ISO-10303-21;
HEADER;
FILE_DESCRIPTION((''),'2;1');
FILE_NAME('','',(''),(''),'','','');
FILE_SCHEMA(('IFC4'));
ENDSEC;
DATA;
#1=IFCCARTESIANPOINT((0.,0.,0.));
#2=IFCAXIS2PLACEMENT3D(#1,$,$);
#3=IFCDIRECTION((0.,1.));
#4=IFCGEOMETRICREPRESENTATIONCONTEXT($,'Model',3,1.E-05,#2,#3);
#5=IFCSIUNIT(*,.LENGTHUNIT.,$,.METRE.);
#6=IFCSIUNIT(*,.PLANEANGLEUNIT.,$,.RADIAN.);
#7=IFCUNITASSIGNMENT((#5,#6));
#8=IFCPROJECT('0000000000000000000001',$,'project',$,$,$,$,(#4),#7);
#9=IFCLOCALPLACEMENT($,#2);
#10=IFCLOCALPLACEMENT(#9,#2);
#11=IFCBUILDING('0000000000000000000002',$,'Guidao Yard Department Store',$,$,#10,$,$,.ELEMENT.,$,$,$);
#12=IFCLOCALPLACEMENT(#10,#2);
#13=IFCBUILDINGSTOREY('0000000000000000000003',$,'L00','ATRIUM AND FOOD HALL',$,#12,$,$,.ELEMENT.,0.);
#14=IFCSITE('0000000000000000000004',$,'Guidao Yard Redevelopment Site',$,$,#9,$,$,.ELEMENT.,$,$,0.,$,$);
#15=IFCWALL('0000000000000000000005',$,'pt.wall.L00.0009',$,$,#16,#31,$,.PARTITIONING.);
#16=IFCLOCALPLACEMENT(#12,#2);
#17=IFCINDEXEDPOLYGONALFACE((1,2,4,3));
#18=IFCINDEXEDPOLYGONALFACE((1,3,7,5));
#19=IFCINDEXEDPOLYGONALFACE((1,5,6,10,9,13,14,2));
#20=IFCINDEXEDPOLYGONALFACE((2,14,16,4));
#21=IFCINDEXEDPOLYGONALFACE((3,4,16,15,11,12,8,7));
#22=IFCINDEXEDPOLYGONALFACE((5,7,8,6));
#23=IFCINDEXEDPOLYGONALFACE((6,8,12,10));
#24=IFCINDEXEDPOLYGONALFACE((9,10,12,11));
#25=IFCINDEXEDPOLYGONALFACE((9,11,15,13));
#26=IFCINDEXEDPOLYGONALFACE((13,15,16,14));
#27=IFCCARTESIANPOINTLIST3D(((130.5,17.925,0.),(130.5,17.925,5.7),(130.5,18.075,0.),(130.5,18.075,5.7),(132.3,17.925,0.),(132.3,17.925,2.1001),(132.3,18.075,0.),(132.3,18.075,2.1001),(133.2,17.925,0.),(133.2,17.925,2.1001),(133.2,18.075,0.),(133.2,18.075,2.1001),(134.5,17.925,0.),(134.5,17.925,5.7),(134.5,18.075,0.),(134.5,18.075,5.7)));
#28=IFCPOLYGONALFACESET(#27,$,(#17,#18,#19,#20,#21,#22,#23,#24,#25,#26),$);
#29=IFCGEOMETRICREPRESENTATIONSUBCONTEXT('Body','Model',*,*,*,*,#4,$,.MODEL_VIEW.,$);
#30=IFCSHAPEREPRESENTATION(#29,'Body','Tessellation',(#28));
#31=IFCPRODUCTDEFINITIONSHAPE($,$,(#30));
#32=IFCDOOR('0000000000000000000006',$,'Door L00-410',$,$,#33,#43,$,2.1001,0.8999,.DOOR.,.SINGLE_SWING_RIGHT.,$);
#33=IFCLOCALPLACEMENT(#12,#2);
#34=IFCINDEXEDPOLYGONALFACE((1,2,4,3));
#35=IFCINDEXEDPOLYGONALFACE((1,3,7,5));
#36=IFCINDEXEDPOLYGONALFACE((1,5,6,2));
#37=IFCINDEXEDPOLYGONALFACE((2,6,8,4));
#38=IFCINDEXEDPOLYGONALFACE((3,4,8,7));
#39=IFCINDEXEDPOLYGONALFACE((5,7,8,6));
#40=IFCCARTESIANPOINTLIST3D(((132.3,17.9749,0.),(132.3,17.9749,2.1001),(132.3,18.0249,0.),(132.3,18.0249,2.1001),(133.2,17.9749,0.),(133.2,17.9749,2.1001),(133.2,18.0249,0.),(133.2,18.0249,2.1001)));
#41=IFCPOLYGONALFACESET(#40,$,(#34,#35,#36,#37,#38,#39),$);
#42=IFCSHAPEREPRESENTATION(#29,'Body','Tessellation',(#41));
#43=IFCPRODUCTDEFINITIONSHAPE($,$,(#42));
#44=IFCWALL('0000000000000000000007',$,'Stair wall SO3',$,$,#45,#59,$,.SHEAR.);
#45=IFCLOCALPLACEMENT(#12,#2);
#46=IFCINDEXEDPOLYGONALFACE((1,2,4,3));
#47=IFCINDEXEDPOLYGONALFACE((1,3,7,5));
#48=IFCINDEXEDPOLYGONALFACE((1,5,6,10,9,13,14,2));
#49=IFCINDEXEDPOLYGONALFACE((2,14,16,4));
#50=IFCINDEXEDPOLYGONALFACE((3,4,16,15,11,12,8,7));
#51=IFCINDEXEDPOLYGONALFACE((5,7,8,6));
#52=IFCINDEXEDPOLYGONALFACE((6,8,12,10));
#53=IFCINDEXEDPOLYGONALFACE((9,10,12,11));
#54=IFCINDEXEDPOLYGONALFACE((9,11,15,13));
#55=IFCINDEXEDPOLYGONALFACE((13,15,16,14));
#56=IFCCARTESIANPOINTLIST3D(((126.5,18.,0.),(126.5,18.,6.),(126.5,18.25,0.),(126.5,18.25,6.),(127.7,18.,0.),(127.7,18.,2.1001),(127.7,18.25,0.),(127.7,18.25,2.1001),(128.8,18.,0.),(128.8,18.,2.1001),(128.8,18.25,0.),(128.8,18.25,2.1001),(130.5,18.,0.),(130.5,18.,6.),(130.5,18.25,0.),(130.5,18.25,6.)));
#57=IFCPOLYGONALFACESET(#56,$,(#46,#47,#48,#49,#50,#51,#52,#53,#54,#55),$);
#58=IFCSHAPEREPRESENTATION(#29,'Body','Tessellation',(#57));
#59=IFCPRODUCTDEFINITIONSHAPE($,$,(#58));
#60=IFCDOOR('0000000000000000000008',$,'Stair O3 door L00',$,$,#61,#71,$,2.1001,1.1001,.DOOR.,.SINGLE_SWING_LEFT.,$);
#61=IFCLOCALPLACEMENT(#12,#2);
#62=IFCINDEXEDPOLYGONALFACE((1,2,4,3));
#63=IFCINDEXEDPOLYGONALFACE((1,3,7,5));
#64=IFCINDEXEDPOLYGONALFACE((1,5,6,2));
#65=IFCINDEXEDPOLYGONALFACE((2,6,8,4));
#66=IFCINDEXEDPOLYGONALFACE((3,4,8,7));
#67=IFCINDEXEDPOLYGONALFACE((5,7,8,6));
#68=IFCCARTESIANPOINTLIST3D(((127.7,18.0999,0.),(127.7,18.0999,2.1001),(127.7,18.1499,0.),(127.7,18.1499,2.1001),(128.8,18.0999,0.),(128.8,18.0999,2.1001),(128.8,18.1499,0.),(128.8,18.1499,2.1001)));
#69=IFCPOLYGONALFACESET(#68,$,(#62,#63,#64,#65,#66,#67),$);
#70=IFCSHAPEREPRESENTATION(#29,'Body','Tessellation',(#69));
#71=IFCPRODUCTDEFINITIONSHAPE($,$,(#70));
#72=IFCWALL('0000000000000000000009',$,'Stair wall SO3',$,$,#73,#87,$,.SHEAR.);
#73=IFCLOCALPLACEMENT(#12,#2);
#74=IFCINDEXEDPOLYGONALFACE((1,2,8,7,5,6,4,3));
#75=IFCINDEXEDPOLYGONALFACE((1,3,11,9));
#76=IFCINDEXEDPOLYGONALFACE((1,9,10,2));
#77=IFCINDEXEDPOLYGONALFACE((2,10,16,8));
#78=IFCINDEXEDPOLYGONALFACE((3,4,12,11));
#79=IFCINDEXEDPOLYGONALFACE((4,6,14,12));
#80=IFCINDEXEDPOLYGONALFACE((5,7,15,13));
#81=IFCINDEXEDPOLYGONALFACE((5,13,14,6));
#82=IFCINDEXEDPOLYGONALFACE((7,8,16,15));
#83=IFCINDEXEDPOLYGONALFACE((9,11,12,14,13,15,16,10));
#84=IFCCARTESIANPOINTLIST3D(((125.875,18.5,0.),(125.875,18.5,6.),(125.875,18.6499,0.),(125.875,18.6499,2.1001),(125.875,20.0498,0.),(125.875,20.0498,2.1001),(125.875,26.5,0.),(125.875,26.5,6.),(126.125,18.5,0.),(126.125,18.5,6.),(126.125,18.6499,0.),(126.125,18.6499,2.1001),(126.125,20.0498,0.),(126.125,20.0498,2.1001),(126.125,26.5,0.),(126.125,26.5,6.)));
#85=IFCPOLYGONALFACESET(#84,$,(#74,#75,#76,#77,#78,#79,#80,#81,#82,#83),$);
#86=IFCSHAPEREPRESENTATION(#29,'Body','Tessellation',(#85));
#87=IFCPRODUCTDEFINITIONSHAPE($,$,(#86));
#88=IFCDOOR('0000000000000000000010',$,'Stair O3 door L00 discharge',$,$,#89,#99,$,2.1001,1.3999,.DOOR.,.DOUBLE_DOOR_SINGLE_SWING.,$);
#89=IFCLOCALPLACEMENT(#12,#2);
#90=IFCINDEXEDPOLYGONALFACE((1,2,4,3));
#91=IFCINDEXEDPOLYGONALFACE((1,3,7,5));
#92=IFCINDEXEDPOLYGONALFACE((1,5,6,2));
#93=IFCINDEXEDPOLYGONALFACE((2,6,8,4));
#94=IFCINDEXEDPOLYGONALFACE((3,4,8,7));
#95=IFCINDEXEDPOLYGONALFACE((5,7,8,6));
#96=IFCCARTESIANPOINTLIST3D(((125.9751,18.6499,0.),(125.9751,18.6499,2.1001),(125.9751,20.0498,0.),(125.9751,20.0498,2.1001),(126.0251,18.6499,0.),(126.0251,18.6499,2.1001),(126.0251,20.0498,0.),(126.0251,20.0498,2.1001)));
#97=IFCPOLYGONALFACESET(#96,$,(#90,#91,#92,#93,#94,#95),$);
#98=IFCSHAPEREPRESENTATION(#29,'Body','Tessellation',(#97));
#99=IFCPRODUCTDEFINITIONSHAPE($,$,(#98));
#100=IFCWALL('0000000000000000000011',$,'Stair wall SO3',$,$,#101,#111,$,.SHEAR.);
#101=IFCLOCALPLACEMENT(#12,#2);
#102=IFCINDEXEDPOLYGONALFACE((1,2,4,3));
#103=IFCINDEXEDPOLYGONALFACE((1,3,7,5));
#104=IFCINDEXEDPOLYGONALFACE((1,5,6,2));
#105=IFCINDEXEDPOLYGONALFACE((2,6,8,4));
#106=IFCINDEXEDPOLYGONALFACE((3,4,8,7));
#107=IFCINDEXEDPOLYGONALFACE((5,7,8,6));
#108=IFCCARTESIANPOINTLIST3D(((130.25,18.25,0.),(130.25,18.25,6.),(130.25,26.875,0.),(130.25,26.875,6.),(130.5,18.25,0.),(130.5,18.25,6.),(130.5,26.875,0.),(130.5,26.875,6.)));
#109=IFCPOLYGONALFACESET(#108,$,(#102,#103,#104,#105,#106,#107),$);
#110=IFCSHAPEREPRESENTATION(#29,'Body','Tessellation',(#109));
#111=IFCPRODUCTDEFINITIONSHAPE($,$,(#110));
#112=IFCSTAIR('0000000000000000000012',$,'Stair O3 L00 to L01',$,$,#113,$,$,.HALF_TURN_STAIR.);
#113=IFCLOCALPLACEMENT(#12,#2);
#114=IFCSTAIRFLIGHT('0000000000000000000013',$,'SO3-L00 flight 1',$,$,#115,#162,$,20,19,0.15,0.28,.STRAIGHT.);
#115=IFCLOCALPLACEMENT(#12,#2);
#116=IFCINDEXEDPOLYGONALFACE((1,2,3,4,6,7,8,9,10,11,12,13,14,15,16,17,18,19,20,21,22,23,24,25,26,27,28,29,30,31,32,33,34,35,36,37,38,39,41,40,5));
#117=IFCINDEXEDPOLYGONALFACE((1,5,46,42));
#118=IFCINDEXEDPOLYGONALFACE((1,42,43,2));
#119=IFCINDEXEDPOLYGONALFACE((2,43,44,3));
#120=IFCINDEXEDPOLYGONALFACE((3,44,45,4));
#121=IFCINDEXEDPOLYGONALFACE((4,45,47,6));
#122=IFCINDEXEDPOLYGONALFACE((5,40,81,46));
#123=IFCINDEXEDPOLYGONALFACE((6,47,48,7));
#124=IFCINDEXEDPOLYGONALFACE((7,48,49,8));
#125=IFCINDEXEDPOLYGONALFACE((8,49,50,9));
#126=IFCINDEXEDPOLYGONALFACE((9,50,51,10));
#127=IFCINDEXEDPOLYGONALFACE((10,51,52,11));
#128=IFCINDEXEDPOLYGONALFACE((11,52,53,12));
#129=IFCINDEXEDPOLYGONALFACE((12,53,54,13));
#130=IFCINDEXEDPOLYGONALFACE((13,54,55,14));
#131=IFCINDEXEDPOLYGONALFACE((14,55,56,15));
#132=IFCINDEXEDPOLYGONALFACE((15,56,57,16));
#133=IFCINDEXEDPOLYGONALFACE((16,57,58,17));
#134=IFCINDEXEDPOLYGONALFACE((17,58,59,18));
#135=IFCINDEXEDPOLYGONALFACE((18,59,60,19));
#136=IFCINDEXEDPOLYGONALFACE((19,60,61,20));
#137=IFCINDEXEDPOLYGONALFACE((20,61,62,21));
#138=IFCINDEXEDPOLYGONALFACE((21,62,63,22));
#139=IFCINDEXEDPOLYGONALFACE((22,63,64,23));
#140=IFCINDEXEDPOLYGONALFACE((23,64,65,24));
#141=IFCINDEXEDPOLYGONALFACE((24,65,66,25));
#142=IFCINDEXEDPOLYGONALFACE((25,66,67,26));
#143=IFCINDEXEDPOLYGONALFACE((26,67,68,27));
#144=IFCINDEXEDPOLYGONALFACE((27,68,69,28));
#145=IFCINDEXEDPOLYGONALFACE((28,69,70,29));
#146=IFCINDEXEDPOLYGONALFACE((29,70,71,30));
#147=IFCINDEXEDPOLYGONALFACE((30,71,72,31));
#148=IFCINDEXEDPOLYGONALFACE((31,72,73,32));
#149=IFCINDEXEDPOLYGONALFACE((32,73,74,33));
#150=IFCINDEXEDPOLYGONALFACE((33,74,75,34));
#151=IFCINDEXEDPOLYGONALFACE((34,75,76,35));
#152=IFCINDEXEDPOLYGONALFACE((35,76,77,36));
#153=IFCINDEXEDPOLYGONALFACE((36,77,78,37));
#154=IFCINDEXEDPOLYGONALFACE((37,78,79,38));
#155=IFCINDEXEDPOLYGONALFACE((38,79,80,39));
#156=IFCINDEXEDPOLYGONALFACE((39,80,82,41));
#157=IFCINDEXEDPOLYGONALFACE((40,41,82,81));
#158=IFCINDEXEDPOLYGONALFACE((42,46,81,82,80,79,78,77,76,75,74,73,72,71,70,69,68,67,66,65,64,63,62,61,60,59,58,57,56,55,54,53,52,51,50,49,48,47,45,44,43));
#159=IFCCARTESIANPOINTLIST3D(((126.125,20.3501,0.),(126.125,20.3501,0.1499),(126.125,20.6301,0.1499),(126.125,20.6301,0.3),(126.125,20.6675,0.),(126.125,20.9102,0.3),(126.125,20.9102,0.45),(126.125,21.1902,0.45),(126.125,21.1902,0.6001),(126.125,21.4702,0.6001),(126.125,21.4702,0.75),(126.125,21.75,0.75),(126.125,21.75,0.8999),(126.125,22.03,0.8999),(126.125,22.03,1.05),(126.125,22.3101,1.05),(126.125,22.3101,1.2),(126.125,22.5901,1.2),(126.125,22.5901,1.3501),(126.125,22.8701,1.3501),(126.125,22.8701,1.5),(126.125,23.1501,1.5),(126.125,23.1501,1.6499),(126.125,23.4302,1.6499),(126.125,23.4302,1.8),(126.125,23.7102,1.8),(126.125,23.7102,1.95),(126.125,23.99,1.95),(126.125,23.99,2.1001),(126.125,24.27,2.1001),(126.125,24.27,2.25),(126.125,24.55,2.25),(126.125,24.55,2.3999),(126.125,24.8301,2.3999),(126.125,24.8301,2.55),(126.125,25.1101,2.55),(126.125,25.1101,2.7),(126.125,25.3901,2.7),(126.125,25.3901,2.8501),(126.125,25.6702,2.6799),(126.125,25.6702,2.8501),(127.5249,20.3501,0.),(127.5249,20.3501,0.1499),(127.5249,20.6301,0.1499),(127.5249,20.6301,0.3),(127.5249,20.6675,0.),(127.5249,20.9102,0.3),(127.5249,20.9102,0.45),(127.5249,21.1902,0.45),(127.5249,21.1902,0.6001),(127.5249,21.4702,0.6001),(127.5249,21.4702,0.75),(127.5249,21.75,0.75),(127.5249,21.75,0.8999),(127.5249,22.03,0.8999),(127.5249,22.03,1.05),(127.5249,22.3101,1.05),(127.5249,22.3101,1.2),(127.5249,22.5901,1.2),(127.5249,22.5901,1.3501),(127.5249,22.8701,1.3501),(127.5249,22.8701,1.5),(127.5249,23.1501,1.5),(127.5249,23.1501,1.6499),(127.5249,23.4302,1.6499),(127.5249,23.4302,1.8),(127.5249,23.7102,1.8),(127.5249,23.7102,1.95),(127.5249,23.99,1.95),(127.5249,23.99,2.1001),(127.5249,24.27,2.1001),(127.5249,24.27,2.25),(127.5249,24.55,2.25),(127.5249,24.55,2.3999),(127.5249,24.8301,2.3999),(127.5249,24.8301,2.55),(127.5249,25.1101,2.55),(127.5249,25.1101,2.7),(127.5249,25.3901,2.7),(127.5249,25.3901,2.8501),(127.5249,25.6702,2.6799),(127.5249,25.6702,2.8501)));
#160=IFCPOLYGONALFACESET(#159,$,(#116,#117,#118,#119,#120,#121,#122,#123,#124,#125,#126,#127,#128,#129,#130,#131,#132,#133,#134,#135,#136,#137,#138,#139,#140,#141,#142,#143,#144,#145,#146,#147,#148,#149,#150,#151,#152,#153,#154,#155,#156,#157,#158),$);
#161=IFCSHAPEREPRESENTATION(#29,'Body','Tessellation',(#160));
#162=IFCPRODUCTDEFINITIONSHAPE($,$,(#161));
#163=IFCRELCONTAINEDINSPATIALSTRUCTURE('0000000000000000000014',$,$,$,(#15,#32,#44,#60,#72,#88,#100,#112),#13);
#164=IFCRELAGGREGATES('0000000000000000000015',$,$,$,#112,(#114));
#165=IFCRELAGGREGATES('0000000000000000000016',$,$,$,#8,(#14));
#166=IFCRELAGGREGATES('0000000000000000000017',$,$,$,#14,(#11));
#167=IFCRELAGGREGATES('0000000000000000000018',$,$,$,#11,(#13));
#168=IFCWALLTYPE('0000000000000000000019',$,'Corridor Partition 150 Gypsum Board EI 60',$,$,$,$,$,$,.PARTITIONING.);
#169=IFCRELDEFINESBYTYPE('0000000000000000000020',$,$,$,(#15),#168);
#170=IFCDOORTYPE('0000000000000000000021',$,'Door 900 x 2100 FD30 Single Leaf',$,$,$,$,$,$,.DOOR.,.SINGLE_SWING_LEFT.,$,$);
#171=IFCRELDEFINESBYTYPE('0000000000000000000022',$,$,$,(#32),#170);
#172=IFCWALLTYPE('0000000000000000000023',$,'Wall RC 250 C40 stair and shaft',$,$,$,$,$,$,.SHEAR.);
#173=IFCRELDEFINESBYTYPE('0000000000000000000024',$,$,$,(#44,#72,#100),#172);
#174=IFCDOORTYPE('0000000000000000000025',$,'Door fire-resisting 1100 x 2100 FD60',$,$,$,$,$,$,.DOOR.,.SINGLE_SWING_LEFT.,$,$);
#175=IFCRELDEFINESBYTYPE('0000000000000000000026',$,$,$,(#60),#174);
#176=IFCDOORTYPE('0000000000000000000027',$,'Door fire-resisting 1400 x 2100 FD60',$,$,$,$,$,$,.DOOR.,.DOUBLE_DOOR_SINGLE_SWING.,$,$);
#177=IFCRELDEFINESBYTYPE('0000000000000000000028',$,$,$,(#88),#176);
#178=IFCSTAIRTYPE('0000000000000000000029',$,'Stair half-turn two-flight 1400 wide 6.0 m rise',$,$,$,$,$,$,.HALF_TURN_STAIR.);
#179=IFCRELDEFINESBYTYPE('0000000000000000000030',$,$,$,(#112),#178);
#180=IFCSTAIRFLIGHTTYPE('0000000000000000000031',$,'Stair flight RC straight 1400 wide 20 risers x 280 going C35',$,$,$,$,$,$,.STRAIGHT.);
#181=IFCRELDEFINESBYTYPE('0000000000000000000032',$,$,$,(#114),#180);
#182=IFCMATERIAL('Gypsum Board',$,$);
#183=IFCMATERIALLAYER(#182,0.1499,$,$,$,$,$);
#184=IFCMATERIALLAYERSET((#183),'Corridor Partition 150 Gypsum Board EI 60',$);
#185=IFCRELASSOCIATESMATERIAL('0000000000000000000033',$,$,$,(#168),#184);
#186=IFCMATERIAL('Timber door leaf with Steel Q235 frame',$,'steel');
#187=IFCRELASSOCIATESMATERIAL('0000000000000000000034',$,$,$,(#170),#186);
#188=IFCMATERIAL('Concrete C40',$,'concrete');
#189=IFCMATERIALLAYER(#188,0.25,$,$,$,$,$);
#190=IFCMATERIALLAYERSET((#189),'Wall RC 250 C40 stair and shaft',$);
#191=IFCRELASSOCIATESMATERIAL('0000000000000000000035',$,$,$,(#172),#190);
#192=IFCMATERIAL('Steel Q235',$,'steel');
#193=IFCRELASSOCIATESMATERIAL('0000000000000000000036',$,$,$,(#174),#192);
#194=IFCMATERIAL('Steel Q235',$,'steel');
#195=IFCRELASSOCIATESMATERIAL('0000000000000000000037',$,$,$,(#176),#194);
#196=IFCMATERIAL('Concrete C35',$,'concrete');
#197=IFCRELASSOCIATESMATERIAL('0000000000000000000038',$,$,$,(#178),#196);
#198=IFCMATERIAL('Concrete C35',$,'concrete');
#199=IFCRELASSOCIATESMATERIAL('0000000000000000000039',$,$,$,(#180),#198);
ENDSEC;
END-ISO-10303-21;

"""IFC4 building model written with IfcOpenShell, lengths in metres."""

from ifc_helpers import new_model, si_unit, direction, frame, frame_2d, origin, place, context, subcontext, project, spatial, polyline, rectangle, outline, extrude, material, layer, layer_set, type_object, element, fill, aggregate, save


model = new_model("IFC4")

# Units and contexts
model_context = context("Model", 3, precision=1e-05, world=origin(), true_north=direction((0.0, 1.0)))
body_context = subcontext(model_context, "Body", "Model", "MODEL_VIEW")
ifc_project = project(units=[si_unit("LENGTHUNIT", "METRE"), si_unit("PLANEANGLEUNIT", "RADIAN")], contexts=[model_context])

# Site, building, storey
site_placement = place(None, origin())
site = spatial("IfcSite", under=ifc_project, at=site_placement, Name="Guidao Yard Redevelopment Site", CompositionType="ELEMENT", RefElevation=0.0)
building_placement = place(site_placement, origin())
building = spatial("IfcBuilding", under=site, at=building_placement, Name="Guidao Yard Department Store", CompositionType="ELEMENT")
storey_placement = place(building_placement, origin())
storey = spatial("IfcBuildingStorey", under=building, at=storey_placement, Name="L00", Description="ATRIUM AND FOOD HALL", CompositionType="ELEMENT", Elevation=0.0)

# Walls, openings, doors
ifc_material_1 = material(Name="Gypsum Board")
ifc_layer_1 = layer(ifc_material_1, 0.1499)
ifc_layer_set_1 = layer_set([ifc_layer_1], Name="Corridor Partition 150 Gypsum Board EI 60")
wall_type_1 = type_object("IfcWallType", Name="Corridor Partition 150 Gypsum Board EI 60", PredefinedType="PARTITIONING", material=ifc_layer_set_1)
wall_1_placement = place(storey_placement, frame((130.5, 18.0, 0.0), z_axis=(0.0, 0.0, 1.0), x_axis=(1.0, 0.0, 0.0)))
wall_1 = element("IfcWall", 1, at=wall_1_placement, inside=storey, type_object=wall_type_1, Name="pt.wall.L00.0009", PredefinedType="PARTITIONING", context=body_context, shape_type="SweptSolid", body=[
    extrude(rectangle(XDim=4.0, YDim=0.1499, at=frame_2d((2.0, 0.0))), origin(), (0.0, 0.0, 1.0), 5.7),
])
opening_1_placement = place(wall_1_placement, frame((1.8, 0.0, 0.0)))
opening_1 = element("IfcOpeningElement", 2, at=opening_1_placement, cuts=wall_1, PredefinedType="OPENING", context=body_context, shape_type="SweptSolid", body=[
    extrude(rectangle(XDim=0.8999, YDim=2.1001, at=frame_2d((0.45, 1.05))), frame((0.0, 0.085, 0.0), z_axis=(0.0, -1.0, 0.0), x_axis=(1.0, 0.0, 0.0)), (0.0, 0.0, 1.0), 0.1699),
])
ifc_material_2 = material(Name="Timber door leaf with Steel Q235 frame", Category="steel")
door_type_1 = type_object("IfcDoorType", Name="Door 900 x 2100 FD30 Single Leaf", OperationType="SINGLE_SWING_LEFT", PredefinedType="DOOR", material=ifc_material_2)
door_1_placement = place(opening_1_placement, origin())
door_1 = element("IfcDoor", 3, at=door_1_placement, inside=storey, type_object=door_type_1, Name="Door L00-410", OperationType="SINGLE_SWING_RIGHT", OverallHeight=2.1001, OverallWidth=0.8999, PredefinedType="DOOR", context=body_context, shape_type="SweptSolid", body=[
    extrude(rectangle(XDim=0.8999, YDim=2.1001, at=frame_2d((0.45, 1.05))), frame((0.0, 0.0249, 0.0), z_axis=(0.0, -1.0, 0.0), x_axis=(1.0, 0.0, 0.0)), (0.0, 0.0, 1.0), 0.05),
])
fill(opening_1, door_1)
ifc_material_3 = material(Name="Concrete C40", Category="concrete")
ifc_layer_2 = layer(ifc_material_3, 0.25)
ifc_layer_set_2 = layer_set([ifc_layer_2], Name="Wall RC 250 C40 stair and shaft")
wall_type_2 = type_object("IfcWallType", Name="Wall RC 250 C40 stair and shaft", PredefinedType="SHEAR", material=ifc_layer_set_2)
wall_2_placement = place(storey_placement, frame((126.5, 18.125, 0.0), z_axis=(0.0, 0.0, 1.0), x_axis=(1.0, 0.0, 0.0)))
wall_2 = element("IfcWall", 4, at=wall_2_placement, inside=storey, type_object=wall_type_2, Name="Stair wall SO3", PredefinedType="SHEAR", context=body_context, shape_type="SweptSolid", body=[
    extrude(rectangle(XDim=4.0, YDim=0.25, at=frame_2d((2.0, 0.0))), origin(), (0.0, 0.0, 1.0), 6.0),
])
opening_2_placement = place(wall_2_placement, frame((1.2, 0.0, 0.0)))
opening_2 = element("IfcOpeningElement", 5, at=opening_2_placement, cuts=wall_2, PredefinedType="OPENING", context=body_context, shape_type="SweptSolid", body=[
    extrude(rectangle(XDim=1.1001, YDim=2.1001, at=frame_2d((0.55, 1.05))), frame((0.0, 0.135, 0.0), z_axis=(0.0, -1.0, 0.0), x_axis=(1.0, 0.0, 0.0)), (0.0, 0.0, 1.0), 0.27),
])
ifc_material_4 = material(Name="Steel Q235", Category="steel")
door_type_2 = type_object("IfcDoorType", Name="Door fire-resisting 1100 x 2100 FD60", OperationType="SINGLE_SWING_LEFT", PredefinedType="DOOR", material=ifc_material_4)
door_2_placement = place(opening_2_placement, origin())
door_2 = element("IfcDoor", 6, at=door_2_placement, inside=storey, type_object=door_type_2, Name="Stair O3 door L00", OperationType="SINGLE_SWING_LEFT", OverallHeight=2.1001, OverallWidth=1.1001, PredefinedType="DOOR", context=body_context, shape_type="SweptSolid", body=[
    extrude(rectangle(XDim=1.1001, YDim=2.1001, at=frame_2d((0.55, 1.05))), frame((0.0, 0.0249, 0.0), z_axis=(0.0, -1.0, 0.0), x_axis=(1.0, 0.0, 0.0)), (0.0, 0.0, 1.0), 0.05),
])
fill(opening_2, door_2)
wall_3_placement = place(storey_placement, frame((126.0, 18.5, 0.0), z_axis=(0.0, 0.0, 1.0), x_axis=(0.0, 1.0, 0.0)))
wall_3 = element("IfcWall", 7, at=wall_3_placement, inside=storey, type_object=wall_type_2, Name="Stair wall SO3", PredefinedType="SHEAR", context=body_context, shape_type="SweptSolid", body=[
    extrude(rectangle(XDim=8.0, YDim=0.25, at=frame_2d((4.0, 0.0))), origin(), (0.0, 0.0, 1.0), 6.0),
])
opening_3_placement = place(wall_3_placement, frame((0.1499, 0.0, 0.0)))
opening_3 = element("IfcOpeningElement", 8, at=opening_3_placement, cuts=wall_3, PredefinedType="OPENING", context=body_context, shape_type="SweptSolid", body=[
    extrude(rectangle(XDim=1.3999, YDim=2.1001, at=frame_2d((0.7, 1.05))), frame((0.0, 0.135, 0.0), z_axis=(0.0, -1.0, 0.0), x_axis=(1.0, 0.0, 0.0)), (0.0, 0.0, 1.0), 0.27),
])
ifc_material_5 = material(Name="Steel Q235", Category="steel")
door_type_3 = type_object("IfcDoorType", Name="Door fire-resisting 1400 x 2100 FD60", OperationType="DOUBLE_DOOR_SINGLE_SWING", PredefinedType="DOOR", material=ifc_material_5)
door_3_placement = place(opening_3_placement, origin())
door_3 = element("IfcDoor", 9, at=door_3_placement, inside=storey, type_object=door_type_3, Name="Stair O3 door L00 discharge", OperationType="DOUBLE_DOOR_SINGLE_SWING", OverallHeight=2.1001, OverallWidth=1.3999, PredefinedType="DOOR", context=body_context, shape_type="SweptSolid", body=[
    extrude(rectangle(XDim=1.3999, YDim=2.1001, at=frame_2d((0.7, 1.05))), frame((0.0, 0.0249, 0.0), z_axis=(0.0, -1.0, 0.0), x_axis=(1.0, 0.0, 0.0)), (0.0, 0.0, 1.0), 0.05),
])
fill(opening_3, door_3)

# Wall
wall_4_placement = place(storey_placement, frame((130.375, 18.25, 0.0), z_axis=(0.0, 0.0, 1.0), x_axis=(0.0, 1.0, 0.0)))
element("IfcWall", 10, at=wall_4_placement, inside=storey, type_object=wall_type_2, Name="Stair wall SO3", PredefinedType="SHEAR", context=body_context, shape_type="SweptSolid", body=[
    extrude(rectangle(XDim=8.625, YDim=0.25, at=frame_2d((4.3125, 0.0))), origin(), (0.0, 0.0, 1.0), 6.0),
])

# Stair, stair flight
ifc_material_6 = material(Name="Concrete C35", Category="concrete")
stair_type = type_object("IfcStairType", Name="Stair half-turn two-flight 1400 wide 6.0 m rise", PredefinedType="HALF_TURN_STAIR", material=ifc_material_6)
stair_placement = place(storey_placement, origin())
stair = element("IfcStair", 11, at=stair_placement, inside=storey, type_object=stair_type, Name="Stair O3 L00 to L01", PredefinedType="HALF_TURN_STAIR")
ifc_material_7 = material(Name="Concrete C35", Category="concrete")
stair_flight_type = type_object("IfcStairFlightType", Name="Stair flight RC straight 1400 wide 20 risers x 280 going C35", PredefinedType="STRAIGHT", material=ifc_material_7)
stair_flight_1_placement = place(storey_placement, frame((126.825, 20.3501, 0.0), z_axis=(0.0, 0.0, 1.0), x_axis=(0.0, 1.0, 0.0)))
stair_flight_1 = element("IfcStairFlight", 12, at=stair_flight_1_placement, type_object=stair_flight_type, Name="SO3-L00 flight 1", NumberOfRisers=20, NumberOfTreads=19, PredefinedType="STRAIGHT", RiserHeight=0.15, TreadLength=0.28, context=body_context, shape_type="SweptSolid", body=[
    extrude(outline(polyline([(0.0, 0.0), (0.0, 0.1499), (0.28, 0.1499), (0.28, 0.3), (0.5601, 0.3), (0.5601, 0.45), (0.8401, 0.45), (0.8401, 0.6001), (1.1201, 0.6001), (1.1201, 0.75), (1.3999, 0.75), (1.3999, 0.8999), (1.6799, 0.8999), (1.6799, 1.05), (1.96, 1.05), (1.96, 1.2), (2.24, 1.2), (2.24, 1.3501), (2.52, 1.3501), (2.52, 1.5), (2.8, 1.5), (2.8, 1.6499), (3.0801, 1.6499), (3.0801, 1.8), (3.3601, 1.8), (3.3601, 1.95), (3.6399, 1.95), (3.6399, 2.1001), (3.9199, 2.1001), (3.9199, 2.25), (4.2, 2.25), (4.2, 2.3999), (4.48, 2.3999), (4.48, 2.55), (4.76, 2.55), (4.76, 2.7), (5.04, 2.7), (5.04, 2.8501), (5.3201, 2.8501), (5.3201, 3.0), (5.3201, 2.6799), (0.3174, 0.0), (0.0, 0.0)])), frame((0.0, 0.7, 0.0), z_axis=(0.0, -1.0, 0.0), x_axis=(1.0, 0.0, 0.0)), (0.0, 0.0, 1.0), 1.3999),
])
aggregate(stair, [stair_flight_1])

save(model, "model.ifc")
